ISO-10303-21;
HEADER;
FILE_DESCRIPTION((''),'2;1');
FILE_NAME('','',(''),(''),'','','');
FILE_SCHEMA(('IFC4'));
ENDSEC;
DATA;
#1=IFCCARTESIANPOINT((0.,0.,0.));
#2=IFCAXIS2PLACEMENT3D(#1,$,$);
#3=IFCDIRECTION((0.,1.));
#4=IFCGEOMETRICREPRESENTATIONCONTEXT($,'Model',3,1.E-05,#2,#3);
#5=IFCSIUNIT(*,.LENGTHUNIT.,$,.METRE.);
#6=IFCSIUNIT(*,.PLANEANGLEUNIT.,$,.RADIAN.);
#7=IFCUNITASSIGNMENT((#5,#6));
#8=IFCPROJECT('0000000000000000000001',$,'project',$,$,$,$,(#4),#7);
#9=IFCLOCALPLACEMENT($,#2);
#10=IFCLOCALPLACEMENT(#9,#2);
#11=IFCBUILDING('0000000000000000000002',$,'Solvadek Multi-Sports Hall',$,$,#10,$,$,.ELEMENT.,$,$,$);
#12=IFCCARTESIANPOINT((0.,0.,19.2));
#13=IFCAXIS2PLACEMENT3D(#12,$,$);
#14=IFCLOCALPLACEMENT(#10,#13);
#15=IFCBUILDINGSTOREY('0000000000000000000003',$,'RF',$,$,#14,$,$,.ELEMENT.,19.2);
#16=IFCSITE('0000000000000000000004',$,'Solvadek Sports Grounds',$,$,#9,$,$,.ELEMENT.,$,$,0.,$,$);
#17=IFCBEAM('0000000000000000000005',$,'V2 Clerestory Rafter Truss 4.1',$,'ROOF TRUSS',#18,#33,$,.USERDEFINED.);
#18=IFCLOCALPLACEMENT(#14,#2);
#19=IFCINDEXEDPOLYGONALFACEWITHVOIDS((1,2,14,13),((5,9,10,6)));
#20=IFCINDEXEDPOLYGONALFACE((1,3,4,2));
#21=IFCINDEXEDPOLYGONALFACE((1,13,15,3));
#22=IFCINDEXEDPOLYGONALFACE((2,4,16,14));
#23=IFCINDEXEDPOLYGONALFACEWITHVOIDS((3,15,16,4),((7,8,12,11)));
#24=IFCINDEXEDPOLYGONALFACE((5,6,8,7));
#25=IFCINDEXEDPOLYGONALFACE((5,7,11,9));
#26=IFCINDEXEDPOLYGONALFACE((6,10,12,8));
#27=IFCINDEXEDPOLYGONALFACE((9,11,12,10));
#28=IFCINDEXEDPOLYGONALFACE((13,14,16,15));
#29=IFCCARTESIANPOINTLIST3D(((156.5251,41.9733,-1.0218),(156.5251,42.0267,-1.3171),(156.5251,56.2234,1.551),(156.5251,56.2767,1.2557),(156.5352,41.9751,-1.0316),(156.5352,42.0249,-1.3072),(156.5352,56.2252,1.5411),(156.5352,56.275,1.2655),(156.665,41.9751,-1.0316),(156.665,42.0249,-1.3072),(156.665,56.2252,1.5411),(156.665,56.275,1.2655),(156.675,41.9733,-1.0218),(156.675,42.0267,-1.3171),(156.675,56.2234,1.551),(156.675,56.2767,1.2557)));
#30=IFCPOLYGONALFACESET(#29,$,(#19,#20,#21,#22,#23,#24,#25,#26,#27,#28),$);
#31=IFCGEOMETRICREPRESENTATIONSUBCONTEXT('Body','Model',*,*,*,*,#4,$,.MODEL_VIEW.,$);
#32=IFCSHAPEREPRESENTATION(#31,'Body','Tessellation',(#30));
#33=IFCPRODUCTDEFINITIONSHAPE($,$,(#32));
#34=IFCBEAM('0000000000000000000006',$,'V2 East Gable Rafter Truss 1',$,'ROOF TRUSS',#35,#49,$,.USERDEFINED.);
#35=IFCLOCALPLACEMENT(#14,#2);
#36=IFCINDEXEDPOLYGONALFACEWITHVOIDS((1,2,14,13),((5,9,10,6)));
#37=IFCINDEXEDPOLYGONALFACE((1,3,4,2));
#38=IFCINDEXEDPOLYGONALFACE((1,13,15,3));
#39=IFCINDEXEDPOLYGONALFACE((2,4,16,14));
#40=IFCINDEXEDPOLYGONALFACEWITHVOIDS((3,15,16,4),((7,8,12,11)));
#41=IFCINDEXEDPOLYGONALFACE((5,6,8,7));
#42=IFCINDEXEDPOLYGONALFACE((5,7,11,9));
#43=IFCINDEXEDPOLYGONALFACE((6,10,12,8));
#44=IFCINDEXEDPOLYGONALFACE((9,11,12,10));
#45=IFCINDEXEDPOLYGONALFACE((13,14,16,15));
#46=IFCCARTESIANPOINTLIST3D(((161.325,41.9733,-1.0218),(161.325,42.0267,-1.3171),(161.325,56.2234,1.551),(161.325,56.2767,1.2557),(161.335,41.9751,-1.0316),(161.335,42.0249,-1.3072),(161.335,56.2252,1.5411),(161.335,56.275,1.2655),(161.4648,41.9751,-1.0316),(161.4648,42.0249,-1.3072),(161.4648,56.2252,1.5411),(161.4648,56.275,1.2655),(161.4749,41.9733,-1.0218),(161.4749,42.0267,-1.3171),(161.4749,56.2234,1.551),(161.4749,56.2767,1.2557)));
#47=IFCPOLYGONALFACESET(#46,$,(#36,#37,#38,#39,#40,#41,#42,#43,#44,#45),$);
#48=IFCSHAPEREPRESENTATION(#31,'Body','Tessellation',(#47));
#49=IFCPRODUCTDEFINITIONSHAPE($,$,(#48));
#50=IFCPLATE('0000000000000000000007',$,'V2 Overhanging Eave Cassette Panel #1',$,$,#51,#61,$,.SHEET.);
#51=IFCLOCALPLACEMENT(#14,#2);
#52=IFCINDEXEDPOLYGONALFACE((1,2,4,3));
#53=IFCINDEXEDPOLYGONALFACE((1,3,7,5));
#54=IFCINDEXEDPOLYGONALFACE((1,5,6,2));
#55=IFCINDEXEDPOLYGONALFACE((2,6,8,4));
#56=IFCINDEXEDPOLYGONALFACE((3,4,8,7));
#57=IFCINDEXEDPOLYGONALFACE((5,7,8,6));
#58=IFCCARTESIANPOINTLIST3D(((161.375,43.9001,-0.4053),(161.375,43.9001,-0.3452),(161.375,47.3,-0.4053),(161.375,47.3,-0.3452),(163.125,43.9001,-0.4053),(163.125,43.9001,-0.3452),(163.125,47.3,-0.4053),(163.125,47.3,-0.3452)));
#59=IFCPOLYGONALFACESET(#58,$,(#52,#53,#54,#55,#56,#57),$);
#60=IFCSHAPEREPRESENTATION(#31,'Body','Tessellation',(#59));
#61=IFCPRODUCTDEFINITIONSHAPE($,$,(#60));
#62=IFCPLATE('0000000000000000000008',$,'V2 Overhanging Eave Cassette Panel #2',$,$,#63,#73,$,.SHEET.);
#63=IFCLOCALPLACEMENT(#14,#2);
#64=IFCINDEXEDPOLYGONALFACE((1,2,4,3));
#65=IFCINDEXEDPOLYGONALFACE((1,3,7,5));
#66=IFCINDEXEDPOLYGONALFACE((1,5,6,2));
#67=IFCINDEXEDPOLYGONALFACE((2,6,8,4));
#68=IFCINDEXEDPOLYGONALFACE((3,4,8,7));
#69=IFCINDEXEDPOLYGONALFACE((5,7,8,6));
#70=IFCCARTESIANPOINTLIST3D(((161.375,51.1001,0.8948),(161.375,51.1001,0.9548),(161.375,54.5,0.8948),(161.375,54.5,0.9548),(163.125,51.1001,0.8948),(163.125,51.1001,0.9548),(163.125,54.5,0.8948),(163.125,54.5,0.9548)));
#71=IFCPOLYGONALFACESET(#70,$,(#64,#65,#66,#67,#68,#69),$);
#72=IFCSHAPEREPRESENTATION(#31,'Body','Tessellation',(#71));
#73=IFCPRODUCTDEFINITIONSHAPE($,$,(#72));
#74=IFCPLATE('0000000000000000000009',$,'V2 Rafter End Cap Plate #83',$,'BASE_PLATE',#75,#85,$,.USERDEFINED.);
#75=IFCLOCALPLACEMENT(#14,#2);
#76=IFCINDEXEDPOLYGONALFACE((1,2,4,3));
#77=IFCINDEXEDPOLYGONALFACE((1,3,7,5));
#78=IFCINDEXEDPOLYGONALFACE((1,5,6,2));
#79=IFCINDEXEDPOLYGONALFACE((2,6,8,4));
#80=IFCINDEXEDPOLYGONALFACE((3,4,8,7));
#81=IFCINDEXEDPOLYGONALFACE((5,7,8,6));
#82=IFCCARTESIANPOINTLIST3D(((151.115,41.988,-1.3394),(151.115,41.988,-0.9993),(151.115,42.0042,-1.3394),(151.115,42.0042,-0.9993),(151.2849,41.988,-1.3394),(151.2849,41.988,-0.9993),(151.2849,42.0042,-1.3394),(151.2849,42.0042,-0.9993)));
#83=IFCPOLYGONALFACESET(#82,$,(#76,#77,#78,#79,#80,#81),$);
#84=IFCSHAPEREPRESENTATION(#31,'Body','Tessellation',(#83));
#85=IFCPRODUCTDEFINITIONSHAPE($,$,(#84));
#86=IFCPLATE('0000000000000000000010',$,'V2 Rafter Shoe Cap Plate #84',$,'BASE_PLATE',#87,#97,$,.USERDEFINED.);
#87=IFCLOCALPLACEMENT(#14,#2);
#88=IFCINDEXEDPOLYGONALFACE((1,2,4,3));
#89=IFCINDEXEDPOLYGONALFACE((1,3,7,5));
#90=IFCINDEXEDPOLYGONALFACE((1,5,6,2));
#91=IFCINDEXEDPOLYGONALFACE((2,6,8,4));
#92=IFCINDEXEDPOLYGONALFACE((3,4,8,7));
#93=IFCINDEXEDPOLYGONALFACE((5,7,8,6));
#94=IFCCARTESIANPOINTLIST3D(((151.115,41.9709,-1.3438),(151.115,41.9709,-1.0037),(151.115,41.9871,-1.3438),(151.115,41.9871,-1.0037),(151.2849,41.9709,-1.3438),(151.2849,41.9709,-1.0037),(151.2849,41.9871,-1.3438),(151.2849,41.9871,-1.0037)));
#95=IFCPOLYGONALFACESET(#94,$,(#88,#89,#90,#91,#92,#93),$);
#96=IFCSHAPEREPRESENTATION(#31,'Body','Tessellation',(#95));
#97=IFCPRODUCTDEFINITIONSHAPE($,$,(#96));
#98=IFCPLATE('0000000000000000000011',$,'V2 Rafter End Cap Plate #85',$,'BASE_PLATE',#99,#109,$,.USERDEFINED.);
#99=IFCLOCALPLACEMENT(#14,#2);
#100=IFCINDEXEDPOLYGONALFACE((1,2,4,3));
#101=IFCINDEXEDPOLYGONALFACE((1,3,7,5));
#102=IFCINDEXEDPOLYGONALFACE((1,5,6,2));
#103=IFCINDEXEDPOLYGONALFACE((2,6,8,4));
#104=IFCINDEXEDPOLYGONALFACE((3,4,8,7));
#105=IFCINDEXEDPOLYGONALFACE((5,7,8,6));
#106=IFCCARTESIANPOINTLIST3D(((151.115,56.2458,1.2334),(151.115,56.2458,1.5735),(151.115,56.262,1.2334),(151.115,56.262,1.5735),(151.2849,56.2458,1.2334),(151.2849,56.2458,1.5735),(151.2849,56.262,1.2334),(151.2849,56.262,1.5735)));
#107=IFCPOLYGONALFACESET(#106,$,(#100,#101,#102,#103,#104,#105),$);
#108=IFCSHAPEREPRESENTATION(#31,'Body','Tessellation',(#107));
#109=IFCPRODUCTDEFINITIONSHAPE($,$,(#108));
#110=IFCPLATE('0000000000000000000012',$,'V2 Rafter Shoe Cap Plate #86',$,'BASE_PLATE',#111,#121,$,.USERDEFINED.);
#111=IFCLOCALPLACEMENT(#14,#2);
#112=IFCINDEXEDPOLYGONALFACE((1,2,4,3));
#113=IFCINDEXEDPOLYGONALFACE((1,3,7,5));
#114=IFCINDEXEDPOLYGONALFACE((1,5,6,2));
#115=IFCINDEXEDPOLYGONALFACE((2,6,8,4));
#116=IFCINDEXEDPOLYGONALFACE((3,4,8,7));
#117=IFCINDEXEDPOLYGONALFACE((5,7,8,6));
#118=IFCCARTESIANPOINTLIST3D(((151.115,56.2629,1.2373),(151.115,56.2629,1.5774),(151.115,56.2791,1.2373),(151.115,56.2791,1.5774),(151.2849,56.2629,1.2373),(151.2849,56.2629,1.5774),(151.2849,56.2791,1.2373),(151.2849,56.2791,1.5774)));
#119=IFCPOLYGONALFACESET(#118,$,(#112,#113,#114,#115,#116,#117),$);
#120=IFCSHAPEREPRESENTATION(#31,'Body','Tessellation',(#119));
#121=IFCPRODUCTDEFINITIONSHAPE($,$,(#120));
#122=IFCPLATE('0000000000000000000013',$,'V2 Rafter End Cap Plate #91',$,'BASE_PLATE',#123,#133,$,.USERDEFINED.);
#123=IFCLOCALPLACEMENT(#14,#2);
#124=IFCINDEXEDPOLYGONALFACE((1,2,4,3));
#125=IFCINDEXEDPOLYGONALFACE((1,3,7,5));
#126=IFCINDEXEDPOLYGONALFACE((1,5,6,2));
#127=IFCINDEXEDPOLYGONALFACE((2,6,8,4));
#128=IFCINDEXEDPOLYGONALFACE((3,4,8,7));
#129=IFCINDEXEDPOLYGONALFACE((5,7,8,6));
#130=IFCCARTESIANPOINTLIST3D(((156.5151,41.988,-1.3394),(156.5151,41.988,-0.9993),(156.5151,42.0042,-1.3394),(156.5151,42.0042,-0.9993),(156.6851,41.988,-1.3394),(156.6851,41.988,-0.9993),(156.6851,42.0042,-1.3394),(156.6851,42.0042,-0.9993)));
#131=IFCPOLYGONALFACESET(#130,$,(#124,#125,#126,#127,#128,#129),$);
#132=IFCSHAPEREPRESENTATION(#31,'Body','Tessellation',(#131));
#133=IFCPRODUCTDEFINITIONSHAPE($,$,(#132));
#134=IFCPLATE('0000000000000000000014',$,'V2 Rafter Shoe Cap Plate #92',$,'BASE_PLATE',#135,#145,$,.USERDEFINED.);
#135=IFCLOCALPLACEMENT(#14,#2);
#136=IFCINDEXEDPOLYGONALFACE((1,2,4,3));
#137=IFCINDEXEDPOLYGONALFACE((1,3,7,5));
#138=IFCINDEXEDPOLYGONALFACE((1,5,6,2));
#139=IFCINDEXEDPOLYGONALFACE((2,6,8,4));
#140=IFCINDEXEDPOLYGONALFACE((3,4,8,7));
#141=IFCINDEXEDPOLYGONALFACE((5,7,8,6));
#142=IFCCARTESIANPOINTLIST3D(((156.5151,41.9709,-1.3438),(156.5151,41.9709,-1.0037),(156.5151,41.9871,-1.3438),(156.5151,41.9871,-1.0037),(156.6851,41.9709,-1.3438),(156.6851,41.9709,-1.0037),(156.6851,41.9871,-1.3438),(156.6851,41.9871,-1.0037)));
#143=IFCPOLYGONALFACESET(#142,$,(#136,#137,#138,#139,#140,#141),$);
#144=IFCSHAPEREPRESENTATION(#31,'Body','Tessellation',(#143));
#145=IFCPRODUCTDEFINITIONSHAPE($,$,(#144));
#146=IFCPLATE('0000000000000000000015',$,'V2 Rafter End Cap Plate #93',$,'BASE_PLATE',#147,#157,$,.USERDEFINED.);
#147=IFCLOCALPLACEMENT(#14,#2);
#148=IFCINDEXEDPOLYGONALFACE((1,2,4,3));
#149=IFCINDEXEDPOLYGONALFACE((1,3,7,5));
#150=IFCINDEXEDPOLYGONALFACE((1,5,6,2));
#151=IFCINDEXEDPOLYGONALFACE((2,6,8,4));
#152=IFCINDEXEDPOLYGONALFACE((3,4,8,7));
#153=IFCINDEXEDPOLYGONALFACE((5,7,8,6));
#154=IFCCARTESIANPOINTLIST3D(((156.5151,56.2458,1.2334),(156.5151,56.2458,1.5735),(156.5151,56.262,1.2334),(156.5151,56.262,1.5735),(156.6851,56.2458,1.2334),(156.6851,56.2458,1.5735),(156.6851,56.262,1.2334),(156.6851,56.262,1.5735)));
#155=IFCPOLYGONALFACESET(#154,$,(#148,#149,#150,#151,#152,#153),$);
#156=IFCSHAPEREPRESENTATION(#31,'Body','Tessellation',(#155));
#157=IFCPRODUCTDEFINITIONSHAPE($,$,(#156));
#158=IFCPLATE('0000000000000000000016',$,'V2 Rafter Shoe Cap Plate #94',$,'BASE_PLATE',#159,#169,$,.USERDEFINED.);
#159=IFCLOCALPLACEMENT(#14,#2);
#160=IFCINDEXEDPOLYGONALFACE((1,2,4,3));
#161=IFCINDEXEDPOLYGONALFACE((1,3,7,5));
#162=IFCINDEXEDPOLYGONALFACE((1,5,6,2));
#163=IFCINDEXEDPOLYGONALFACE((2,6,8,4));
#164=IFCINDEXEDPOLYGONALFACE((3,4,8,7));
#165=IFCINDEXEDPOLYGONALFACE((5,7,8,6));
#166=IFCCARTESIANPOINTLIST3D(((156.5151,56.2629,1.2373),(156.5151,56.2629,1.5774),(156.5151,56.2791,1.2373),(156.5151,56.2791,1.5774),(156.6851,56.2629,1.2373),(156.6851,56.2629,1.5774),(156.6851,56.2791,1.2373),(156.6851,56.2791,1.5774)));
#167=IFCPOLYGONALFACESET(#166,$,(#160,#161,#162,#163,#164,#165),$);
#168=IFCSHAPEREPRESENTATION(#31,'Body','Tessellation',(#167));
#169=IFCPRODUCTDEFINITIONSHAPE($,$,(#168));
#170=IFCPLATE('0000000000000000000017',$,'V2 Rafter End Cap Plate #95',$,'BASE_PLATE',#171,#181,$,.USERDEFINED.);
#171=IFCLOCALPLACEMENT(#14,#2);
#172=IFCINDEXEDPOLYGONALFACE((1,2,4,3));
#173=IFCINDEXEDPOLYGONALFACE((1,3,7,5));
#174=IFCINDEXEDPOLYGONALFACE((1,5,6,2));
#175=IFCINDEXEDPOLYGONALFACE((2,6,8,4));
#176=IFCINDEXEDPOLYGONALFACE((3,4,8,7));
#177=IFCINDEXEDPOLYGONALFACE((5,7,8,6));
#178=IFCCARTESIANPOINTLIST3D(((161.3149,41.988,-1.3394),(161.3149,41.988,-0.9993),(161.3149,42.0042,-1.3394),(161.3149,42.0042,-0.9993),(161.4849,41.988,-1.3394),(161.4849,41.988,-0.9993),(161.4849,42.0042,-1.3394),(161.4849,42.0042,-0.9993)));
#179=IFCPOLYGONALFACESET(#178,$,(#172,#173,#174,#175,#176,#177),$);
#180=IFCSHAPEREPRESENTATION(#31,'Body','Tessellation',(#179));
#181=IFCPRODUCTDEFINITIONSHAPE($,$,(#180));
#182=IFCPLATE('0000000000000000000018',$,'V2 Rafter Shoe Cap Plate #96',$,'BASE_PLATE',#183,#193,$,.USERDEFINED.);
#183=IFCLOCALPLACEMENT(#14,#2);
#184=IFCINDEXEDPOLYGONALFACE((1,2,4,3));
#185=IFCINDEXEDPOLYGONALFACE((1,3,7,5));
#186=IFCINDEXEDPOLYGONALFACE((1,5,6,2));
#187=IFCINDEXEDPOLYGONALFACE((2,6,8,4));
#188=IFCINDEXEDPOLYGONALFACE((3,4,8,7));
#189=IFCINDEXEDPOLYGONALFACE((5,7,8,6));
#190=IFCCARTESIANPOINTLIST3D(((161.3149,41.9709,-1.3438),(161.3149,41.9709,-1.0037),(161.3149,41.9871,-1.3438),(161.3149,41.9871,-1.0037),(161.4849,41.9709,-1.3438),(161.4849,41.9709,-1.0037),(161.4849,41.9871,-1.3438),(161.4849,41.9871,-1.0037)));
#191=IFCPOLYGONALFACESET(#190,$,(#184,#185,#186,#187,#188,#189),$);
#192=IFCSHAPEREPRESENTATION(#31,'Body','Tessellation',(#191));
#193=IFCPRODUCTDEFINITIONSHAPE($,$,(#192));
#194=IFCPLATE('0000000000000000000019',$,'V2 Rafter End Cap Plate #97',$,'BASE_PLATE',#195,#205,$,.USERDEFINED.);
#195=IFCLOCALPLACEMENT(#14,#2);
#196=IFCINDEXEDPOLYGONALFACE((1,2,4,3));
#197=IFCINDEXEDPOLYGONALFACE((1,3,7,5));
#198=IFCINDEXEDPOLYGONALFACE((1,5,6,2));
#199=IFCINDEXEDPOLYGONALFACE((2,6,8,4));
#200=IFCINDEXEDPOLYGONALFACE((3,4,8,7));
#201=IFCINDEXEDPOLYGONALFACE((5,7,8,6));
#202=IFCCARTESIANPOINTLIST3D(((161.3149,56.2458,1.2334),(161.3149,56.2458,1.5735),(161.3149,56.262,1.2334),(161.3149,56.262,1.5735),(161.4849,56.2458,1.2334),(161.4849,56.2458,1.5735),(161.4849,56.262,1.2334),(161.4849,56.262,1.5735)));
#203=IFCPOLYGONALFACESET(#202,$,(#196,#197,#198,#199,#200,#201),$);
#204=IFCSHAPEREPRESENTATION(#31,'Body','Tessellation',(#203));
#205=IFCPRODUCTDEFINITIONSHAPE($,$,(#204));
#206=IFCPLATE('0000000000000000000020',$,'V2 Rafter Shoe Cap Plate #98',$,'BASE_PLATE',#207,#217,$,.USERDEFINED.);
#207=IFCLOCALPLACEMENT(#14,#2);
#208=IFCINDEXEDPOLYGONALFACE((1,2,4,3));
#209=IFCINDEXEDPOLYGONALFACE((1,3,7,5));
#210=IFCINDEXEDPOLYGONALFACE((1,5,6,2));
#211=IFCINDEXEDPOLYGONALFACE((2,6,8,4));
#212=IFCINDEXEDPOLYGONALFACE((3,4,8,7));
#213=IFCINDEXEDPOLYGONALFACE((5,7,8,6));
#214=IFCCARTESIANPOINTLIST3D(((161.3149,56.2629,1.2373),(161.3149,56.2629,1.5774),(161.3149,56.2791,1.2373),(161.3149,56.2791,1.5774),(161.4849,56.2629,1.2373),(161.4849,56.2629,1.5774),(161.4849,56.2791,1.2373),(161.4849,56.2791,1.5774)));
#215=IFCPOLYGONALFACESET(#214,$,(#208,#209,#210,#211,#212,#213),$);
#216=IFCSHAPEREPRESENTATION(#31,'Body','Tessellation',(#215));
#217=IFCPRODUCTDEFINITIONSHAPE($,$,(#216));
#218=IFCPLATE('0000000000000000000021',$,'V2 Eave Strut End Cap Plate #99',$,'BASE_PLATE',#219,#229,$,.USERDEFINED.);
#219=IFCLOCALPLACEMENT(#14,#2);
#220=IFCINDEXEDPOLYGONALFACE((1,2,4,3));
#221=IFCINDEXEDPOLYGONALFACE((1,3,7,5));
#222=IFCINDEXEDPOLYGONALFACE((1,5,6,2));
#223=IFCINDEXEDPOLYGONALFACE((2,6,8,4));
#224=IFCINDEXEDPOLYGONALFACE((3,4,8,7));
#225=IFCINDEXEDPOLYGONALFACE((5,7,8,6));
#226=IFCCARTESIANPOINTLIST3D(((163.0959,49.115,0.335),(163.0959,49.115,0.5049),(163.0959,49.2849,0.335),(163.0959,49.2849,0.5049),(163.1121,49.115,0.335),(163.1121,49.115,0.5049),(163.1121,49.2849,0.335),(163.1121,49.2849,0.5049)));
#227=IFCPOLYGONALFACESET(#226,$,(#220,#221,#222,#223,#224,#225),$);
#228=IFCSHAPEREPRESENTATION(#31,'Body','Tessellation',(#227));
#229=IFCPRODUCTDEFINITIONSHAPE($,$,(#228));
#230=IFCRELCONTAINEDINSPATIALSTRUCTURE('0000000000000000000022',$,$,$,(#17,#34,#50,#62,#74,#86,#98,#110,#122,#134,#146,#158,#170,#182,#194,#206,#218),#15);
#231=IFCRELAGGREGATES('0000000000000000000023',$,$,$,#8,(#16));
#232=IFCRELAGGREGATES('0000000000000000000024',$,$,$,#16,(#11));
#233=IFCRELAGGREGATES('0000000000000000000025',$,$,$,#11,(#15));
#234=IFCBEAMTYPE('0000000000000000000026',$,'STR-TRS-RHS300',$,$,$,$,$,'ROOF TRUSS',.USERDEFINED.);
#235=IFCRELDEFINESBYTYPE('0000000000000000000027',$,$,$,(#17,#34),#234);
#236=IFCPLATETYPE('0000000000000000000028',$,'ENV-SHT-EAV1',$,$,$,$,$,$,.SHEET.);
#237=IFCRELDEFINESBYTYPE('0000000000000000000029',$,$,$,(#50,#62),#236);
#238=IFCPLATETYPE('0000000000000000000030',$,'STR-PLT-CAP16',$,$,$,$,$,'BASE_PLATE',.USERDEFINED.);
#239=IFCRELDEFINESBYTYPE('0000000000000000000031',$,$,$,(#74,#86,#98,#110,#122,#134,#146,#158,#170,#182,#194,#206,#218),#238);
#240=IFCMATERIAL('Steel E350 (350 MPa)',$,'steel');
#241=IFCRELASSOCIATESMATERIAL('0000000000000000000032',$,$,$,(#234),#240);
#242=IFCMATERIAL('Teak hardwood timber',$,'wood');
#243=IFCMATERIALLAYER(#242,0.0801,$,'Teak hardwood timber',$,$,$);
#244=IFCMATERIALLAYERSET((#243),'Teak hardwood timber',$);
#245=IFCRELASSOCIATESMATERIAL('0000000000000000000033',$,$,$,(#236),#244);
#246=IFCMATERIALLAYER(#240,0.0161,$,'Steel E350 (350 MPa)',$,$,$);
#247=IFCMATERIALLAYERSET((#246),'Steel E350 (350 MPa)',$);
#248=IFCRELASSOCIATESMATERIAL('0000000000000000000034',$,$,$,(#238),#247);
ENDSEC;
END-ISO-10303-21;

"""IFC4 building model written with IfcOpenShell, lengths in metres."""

from ifc_helpers import new_model, si_unit, direction, frame, origin, origin_2d, place, context, subcontext, project, spatial, rectangle, hollow_rectangle, extrude, material, layer, layer_set, material_profile, profile_set, type_object, element, save


model = new_model("IFC4")

# Units and contexts
model_context = context("Model", 3, precision=1e-05, world=origin(), true_north=direction((0.0, 1.0)))
body_context = subcontext(model_context, "Body", "Model", "MODEL_VIEW")
ifc_project = project(units=[si_unit("LENGTHUNIT", "METRE"), si_unit("PLANEANGLEUNIT", "RADIAN")], contexts=[model_context])

# Site, building, storey
site_placement = place(None, origin())
site = spatial("IfcSite", under=ifc_project, at=site_placement, Name="Solvadek Sports Grounds", CompositionType="ELEMENT", RefElevation=0.0)
building_placement = place(site_placement, origin())
building = spatial("IfcBuilding", under=site, at=building_placement, Name="Solvadek Multi-Sports Hall", CompositionType="ELEMENT")
storey_placement = place(building_placement, frame((0.0, 0.0, 19.2)))
storey = spatial("IfcBuildingStorey", under=building, at=storey_placement, Name="RF", CompositionType="ELEMENT", Elevation=19.2)

# Shared definitions
ifc_material_1 = material(Name="Steel E350 (350 MPa)", Category="steel")

# Beams
ifc_material_profile_1 = material_profile(ifc_material_1, hollow_rectangle(XDim=0.1499, YDim=0.3, WallThickness=0.01, at=origin_2d()), Name="RHS 300x150x10")
ifc_profile_set_1 = profile_set([ifc_material_profile_1], Name="Steel E350 (350 MPa)")
beam_type = type_object("IfcBeamType", Name="STR-TRS-RHS300", ElementType="ROOF TRUSS", PredefinedType="USERDEFINED", material=ifc_profile_set_1)
for number, where, z_axis, x_axis, name in (
    (1, (156.6001, 42.0, -1.1694), (0.0, 0.98409, 0.177672), (-1.0, 0.0, 0.0), "V2 Clerestory Rafter Truss 4.1"),
    (2, (161.3999, 42.0, -1.1694), (0.0, 0.98409, 0.177672), (-1.0, 0.0, 0.0), "V2 East Gable Rafter Truss 1"),
):
    element("IfcBeam", number, at=place(storey_placement, frame(where, z_axis=z_axis, x_axis=x_axis)), inside=storey, type_object=beam_type, Name=name, ObjectType="ROOF TRUSS", PredefinedType="USERDEFINED", context=body_context, shape_type="SweptSolid", body=[
        extrude(hollow_rectangle(XDim=0.1499, YDim=0.3, WallThickness=0.01, at=origin_2d()), origin(), (0.0, 0.0, 1.0), 14.4805),
    ])

# Plates
ifc_material_2 = material(Name="Teak hardwood timber", Category="wood")
ifc_layer_1 = layer(ifc_material_2, 0.0801, Name="Teak hardwood timber")
ifc_layer_set_1 = layer_set([ifc_layer_1], Name="Teak hardwood timber")
plate_type_1 = type_object("IfcPlateType", Name="ENV-SHT-EAV1", PredefinedType="SHEET", material=ifc_layer_set_1)
for number, where, z_axis, x_axis, name in (
    (3, (162.25, 45.6001, -0.4053), (0.0, 0.0, 1.0), (1.0, 0.0, 0.0), "V2 Overhanging Eave Cassette Panel #1"),
    (4, (162.25, 52.8, 0.8948), (0.0, 0.0, 1.0), (1.0, 0.0, 0.0), "V2 Overhanging Eave Cassette Panel #2"),
):
    element("IfcPlate", number, at=place(storey_placement, frame(where, z_axis=z_axis, x_axis=x_axis)), inside=storey, type_object=plate_type_1, Name=name, PredefinedType="SHEET", context=body_context, shape_type="SweptSolid", body=[
        extrude(rectangle(XDim=1.75, YDim=3.3999, at=origin_2d()), origin(), (0.0, 0.0, 1.0), 0.0601),
    ])
ifc_layer_2 = layer(ifc_material_1, 0.0161, Name="Steel E350 (350 MPa)")
ifc_layer_set_2 = layer_set([ifc_layer_2], Name="Steel E350 (350 MPa)")
plate_type_2 = type_object("IfcPlateType", Name="STR-PLT-CAP16", ElementType="BASE_PLATE", PredefinedType="USERDEFINED", material=ifc_layer_set_2)
for number, where, z_axis, x_axis, name in (
    (5, (151.2, 41.9961, -1.3394), (0.0, 0.0, 1.0), (1.0, 0.0, 0.0), "V2 Rafter End Cap Plate #83"),
    (6, (151.2, 41.979, -1.3438), (0.0, 0.0, 1.0), (1.0, 0.0, 0.0), "V2 Rafter Shoe Cap Plate #84"),
    (7, (151.2, 56.2539, 1.2334), (0.0, 0.0, 1.0), (1.0, 0.0, 0.0), "V2 Rafter End Cap Plate #85"),
    (8, (151.2, 56.271, 1.2373), (0.0, 0.0, 1.0), (1.0, 0.0, 0.0), "V2 Rafter Shoe Cap Plate #86"),
    (9, (156.6001, 41.9961, -1.3394), (0.0, 0.0, 1.0), (1.0, 0.0, 0.0), "V2 Rafter End Cap Plate #91"),
    (10, (156.6001, 41.979, -1.3438), (0.0, 0.0, 1.0), (1.0, 0.0, 0.0), "V2 Rafter Shoe Cap Plate #92"),
    (11, (156.6001, 56.2539, 1.2334), (0.0, 0.0, 1.0), (1.0, 0.0, 0.0), "V2 Rafter End Cap Plate #93"),
    (12, (156.6001, 56.271, 1.2373), (0.0, 0.0, 1.0), (1.0, 0.0, 0.0), "V2 Rafter Shoe Cap Plate #94"),
    (13, (161.3999, 41.9961, -1.3394), (0.0, 0.0, 1.0), (1.0, 0.0, 0.0), "V2 Rafter End Cap Plate #95"),
    (14, (161.3999, 41.979, -1.3438), (0.0, 0.0, 1.0), (1.0, 0.0, 0.0), "V2 Rafter Shoe Cap Plate #96"),
    (15, (161.3999, 56.2539, 1.2334), (0.0, 0.0, 1.0), (1.0, 0.0, 0.0), "V2 Rafter End Cap Plate #97"),
    (16, (161.3999, 56.271, 1.2373), (0.0, 0.0, 1.0), (1.0, 0.0, 0.0), "V2 Rafter Shoe Cap Plate #98"),
):
    element("IfcPlate", number, at=place(storey_placement, frame(where, z_axis=z_axis, x_axis=x_axis)), inside=storey, type_object=plate_type_2, Name=name, ObjectType="BASE_PLATE", PredefinedType="USERDEFINED", context=body_context, shape_type="SweptSolid", body=[
        extrude(rectangle(XDim=0.1699, YDim=0.0161, at=origin_2d()), origin(), (0.0, 0.0, 1.0), 0.3401),
    ])
plate_placement = place(storey_placement, frame((163.104, 49.2, 0.335), z_axis=(0.0, 0.0, 1.0), x_axis=(1.0, 0.0, 0.0)))
element("IfcPlate", 17, at=plate_placement, inside=storey, type_object=plate_type_2, Name="V2 Eave Strut End Cap Plate #99", ObjectType="BASE_PLATE", PredefinedType="USERDEFINED", context=body_context, shape_type="SweptSolid", body=[
    extrude(rectangle(XDim=0.0161, YDim=0.1699, at=origin_2d()), origin(), (0.0, 0.0, 1.0), 0.1699),
])

save(model, "model.ifc")
